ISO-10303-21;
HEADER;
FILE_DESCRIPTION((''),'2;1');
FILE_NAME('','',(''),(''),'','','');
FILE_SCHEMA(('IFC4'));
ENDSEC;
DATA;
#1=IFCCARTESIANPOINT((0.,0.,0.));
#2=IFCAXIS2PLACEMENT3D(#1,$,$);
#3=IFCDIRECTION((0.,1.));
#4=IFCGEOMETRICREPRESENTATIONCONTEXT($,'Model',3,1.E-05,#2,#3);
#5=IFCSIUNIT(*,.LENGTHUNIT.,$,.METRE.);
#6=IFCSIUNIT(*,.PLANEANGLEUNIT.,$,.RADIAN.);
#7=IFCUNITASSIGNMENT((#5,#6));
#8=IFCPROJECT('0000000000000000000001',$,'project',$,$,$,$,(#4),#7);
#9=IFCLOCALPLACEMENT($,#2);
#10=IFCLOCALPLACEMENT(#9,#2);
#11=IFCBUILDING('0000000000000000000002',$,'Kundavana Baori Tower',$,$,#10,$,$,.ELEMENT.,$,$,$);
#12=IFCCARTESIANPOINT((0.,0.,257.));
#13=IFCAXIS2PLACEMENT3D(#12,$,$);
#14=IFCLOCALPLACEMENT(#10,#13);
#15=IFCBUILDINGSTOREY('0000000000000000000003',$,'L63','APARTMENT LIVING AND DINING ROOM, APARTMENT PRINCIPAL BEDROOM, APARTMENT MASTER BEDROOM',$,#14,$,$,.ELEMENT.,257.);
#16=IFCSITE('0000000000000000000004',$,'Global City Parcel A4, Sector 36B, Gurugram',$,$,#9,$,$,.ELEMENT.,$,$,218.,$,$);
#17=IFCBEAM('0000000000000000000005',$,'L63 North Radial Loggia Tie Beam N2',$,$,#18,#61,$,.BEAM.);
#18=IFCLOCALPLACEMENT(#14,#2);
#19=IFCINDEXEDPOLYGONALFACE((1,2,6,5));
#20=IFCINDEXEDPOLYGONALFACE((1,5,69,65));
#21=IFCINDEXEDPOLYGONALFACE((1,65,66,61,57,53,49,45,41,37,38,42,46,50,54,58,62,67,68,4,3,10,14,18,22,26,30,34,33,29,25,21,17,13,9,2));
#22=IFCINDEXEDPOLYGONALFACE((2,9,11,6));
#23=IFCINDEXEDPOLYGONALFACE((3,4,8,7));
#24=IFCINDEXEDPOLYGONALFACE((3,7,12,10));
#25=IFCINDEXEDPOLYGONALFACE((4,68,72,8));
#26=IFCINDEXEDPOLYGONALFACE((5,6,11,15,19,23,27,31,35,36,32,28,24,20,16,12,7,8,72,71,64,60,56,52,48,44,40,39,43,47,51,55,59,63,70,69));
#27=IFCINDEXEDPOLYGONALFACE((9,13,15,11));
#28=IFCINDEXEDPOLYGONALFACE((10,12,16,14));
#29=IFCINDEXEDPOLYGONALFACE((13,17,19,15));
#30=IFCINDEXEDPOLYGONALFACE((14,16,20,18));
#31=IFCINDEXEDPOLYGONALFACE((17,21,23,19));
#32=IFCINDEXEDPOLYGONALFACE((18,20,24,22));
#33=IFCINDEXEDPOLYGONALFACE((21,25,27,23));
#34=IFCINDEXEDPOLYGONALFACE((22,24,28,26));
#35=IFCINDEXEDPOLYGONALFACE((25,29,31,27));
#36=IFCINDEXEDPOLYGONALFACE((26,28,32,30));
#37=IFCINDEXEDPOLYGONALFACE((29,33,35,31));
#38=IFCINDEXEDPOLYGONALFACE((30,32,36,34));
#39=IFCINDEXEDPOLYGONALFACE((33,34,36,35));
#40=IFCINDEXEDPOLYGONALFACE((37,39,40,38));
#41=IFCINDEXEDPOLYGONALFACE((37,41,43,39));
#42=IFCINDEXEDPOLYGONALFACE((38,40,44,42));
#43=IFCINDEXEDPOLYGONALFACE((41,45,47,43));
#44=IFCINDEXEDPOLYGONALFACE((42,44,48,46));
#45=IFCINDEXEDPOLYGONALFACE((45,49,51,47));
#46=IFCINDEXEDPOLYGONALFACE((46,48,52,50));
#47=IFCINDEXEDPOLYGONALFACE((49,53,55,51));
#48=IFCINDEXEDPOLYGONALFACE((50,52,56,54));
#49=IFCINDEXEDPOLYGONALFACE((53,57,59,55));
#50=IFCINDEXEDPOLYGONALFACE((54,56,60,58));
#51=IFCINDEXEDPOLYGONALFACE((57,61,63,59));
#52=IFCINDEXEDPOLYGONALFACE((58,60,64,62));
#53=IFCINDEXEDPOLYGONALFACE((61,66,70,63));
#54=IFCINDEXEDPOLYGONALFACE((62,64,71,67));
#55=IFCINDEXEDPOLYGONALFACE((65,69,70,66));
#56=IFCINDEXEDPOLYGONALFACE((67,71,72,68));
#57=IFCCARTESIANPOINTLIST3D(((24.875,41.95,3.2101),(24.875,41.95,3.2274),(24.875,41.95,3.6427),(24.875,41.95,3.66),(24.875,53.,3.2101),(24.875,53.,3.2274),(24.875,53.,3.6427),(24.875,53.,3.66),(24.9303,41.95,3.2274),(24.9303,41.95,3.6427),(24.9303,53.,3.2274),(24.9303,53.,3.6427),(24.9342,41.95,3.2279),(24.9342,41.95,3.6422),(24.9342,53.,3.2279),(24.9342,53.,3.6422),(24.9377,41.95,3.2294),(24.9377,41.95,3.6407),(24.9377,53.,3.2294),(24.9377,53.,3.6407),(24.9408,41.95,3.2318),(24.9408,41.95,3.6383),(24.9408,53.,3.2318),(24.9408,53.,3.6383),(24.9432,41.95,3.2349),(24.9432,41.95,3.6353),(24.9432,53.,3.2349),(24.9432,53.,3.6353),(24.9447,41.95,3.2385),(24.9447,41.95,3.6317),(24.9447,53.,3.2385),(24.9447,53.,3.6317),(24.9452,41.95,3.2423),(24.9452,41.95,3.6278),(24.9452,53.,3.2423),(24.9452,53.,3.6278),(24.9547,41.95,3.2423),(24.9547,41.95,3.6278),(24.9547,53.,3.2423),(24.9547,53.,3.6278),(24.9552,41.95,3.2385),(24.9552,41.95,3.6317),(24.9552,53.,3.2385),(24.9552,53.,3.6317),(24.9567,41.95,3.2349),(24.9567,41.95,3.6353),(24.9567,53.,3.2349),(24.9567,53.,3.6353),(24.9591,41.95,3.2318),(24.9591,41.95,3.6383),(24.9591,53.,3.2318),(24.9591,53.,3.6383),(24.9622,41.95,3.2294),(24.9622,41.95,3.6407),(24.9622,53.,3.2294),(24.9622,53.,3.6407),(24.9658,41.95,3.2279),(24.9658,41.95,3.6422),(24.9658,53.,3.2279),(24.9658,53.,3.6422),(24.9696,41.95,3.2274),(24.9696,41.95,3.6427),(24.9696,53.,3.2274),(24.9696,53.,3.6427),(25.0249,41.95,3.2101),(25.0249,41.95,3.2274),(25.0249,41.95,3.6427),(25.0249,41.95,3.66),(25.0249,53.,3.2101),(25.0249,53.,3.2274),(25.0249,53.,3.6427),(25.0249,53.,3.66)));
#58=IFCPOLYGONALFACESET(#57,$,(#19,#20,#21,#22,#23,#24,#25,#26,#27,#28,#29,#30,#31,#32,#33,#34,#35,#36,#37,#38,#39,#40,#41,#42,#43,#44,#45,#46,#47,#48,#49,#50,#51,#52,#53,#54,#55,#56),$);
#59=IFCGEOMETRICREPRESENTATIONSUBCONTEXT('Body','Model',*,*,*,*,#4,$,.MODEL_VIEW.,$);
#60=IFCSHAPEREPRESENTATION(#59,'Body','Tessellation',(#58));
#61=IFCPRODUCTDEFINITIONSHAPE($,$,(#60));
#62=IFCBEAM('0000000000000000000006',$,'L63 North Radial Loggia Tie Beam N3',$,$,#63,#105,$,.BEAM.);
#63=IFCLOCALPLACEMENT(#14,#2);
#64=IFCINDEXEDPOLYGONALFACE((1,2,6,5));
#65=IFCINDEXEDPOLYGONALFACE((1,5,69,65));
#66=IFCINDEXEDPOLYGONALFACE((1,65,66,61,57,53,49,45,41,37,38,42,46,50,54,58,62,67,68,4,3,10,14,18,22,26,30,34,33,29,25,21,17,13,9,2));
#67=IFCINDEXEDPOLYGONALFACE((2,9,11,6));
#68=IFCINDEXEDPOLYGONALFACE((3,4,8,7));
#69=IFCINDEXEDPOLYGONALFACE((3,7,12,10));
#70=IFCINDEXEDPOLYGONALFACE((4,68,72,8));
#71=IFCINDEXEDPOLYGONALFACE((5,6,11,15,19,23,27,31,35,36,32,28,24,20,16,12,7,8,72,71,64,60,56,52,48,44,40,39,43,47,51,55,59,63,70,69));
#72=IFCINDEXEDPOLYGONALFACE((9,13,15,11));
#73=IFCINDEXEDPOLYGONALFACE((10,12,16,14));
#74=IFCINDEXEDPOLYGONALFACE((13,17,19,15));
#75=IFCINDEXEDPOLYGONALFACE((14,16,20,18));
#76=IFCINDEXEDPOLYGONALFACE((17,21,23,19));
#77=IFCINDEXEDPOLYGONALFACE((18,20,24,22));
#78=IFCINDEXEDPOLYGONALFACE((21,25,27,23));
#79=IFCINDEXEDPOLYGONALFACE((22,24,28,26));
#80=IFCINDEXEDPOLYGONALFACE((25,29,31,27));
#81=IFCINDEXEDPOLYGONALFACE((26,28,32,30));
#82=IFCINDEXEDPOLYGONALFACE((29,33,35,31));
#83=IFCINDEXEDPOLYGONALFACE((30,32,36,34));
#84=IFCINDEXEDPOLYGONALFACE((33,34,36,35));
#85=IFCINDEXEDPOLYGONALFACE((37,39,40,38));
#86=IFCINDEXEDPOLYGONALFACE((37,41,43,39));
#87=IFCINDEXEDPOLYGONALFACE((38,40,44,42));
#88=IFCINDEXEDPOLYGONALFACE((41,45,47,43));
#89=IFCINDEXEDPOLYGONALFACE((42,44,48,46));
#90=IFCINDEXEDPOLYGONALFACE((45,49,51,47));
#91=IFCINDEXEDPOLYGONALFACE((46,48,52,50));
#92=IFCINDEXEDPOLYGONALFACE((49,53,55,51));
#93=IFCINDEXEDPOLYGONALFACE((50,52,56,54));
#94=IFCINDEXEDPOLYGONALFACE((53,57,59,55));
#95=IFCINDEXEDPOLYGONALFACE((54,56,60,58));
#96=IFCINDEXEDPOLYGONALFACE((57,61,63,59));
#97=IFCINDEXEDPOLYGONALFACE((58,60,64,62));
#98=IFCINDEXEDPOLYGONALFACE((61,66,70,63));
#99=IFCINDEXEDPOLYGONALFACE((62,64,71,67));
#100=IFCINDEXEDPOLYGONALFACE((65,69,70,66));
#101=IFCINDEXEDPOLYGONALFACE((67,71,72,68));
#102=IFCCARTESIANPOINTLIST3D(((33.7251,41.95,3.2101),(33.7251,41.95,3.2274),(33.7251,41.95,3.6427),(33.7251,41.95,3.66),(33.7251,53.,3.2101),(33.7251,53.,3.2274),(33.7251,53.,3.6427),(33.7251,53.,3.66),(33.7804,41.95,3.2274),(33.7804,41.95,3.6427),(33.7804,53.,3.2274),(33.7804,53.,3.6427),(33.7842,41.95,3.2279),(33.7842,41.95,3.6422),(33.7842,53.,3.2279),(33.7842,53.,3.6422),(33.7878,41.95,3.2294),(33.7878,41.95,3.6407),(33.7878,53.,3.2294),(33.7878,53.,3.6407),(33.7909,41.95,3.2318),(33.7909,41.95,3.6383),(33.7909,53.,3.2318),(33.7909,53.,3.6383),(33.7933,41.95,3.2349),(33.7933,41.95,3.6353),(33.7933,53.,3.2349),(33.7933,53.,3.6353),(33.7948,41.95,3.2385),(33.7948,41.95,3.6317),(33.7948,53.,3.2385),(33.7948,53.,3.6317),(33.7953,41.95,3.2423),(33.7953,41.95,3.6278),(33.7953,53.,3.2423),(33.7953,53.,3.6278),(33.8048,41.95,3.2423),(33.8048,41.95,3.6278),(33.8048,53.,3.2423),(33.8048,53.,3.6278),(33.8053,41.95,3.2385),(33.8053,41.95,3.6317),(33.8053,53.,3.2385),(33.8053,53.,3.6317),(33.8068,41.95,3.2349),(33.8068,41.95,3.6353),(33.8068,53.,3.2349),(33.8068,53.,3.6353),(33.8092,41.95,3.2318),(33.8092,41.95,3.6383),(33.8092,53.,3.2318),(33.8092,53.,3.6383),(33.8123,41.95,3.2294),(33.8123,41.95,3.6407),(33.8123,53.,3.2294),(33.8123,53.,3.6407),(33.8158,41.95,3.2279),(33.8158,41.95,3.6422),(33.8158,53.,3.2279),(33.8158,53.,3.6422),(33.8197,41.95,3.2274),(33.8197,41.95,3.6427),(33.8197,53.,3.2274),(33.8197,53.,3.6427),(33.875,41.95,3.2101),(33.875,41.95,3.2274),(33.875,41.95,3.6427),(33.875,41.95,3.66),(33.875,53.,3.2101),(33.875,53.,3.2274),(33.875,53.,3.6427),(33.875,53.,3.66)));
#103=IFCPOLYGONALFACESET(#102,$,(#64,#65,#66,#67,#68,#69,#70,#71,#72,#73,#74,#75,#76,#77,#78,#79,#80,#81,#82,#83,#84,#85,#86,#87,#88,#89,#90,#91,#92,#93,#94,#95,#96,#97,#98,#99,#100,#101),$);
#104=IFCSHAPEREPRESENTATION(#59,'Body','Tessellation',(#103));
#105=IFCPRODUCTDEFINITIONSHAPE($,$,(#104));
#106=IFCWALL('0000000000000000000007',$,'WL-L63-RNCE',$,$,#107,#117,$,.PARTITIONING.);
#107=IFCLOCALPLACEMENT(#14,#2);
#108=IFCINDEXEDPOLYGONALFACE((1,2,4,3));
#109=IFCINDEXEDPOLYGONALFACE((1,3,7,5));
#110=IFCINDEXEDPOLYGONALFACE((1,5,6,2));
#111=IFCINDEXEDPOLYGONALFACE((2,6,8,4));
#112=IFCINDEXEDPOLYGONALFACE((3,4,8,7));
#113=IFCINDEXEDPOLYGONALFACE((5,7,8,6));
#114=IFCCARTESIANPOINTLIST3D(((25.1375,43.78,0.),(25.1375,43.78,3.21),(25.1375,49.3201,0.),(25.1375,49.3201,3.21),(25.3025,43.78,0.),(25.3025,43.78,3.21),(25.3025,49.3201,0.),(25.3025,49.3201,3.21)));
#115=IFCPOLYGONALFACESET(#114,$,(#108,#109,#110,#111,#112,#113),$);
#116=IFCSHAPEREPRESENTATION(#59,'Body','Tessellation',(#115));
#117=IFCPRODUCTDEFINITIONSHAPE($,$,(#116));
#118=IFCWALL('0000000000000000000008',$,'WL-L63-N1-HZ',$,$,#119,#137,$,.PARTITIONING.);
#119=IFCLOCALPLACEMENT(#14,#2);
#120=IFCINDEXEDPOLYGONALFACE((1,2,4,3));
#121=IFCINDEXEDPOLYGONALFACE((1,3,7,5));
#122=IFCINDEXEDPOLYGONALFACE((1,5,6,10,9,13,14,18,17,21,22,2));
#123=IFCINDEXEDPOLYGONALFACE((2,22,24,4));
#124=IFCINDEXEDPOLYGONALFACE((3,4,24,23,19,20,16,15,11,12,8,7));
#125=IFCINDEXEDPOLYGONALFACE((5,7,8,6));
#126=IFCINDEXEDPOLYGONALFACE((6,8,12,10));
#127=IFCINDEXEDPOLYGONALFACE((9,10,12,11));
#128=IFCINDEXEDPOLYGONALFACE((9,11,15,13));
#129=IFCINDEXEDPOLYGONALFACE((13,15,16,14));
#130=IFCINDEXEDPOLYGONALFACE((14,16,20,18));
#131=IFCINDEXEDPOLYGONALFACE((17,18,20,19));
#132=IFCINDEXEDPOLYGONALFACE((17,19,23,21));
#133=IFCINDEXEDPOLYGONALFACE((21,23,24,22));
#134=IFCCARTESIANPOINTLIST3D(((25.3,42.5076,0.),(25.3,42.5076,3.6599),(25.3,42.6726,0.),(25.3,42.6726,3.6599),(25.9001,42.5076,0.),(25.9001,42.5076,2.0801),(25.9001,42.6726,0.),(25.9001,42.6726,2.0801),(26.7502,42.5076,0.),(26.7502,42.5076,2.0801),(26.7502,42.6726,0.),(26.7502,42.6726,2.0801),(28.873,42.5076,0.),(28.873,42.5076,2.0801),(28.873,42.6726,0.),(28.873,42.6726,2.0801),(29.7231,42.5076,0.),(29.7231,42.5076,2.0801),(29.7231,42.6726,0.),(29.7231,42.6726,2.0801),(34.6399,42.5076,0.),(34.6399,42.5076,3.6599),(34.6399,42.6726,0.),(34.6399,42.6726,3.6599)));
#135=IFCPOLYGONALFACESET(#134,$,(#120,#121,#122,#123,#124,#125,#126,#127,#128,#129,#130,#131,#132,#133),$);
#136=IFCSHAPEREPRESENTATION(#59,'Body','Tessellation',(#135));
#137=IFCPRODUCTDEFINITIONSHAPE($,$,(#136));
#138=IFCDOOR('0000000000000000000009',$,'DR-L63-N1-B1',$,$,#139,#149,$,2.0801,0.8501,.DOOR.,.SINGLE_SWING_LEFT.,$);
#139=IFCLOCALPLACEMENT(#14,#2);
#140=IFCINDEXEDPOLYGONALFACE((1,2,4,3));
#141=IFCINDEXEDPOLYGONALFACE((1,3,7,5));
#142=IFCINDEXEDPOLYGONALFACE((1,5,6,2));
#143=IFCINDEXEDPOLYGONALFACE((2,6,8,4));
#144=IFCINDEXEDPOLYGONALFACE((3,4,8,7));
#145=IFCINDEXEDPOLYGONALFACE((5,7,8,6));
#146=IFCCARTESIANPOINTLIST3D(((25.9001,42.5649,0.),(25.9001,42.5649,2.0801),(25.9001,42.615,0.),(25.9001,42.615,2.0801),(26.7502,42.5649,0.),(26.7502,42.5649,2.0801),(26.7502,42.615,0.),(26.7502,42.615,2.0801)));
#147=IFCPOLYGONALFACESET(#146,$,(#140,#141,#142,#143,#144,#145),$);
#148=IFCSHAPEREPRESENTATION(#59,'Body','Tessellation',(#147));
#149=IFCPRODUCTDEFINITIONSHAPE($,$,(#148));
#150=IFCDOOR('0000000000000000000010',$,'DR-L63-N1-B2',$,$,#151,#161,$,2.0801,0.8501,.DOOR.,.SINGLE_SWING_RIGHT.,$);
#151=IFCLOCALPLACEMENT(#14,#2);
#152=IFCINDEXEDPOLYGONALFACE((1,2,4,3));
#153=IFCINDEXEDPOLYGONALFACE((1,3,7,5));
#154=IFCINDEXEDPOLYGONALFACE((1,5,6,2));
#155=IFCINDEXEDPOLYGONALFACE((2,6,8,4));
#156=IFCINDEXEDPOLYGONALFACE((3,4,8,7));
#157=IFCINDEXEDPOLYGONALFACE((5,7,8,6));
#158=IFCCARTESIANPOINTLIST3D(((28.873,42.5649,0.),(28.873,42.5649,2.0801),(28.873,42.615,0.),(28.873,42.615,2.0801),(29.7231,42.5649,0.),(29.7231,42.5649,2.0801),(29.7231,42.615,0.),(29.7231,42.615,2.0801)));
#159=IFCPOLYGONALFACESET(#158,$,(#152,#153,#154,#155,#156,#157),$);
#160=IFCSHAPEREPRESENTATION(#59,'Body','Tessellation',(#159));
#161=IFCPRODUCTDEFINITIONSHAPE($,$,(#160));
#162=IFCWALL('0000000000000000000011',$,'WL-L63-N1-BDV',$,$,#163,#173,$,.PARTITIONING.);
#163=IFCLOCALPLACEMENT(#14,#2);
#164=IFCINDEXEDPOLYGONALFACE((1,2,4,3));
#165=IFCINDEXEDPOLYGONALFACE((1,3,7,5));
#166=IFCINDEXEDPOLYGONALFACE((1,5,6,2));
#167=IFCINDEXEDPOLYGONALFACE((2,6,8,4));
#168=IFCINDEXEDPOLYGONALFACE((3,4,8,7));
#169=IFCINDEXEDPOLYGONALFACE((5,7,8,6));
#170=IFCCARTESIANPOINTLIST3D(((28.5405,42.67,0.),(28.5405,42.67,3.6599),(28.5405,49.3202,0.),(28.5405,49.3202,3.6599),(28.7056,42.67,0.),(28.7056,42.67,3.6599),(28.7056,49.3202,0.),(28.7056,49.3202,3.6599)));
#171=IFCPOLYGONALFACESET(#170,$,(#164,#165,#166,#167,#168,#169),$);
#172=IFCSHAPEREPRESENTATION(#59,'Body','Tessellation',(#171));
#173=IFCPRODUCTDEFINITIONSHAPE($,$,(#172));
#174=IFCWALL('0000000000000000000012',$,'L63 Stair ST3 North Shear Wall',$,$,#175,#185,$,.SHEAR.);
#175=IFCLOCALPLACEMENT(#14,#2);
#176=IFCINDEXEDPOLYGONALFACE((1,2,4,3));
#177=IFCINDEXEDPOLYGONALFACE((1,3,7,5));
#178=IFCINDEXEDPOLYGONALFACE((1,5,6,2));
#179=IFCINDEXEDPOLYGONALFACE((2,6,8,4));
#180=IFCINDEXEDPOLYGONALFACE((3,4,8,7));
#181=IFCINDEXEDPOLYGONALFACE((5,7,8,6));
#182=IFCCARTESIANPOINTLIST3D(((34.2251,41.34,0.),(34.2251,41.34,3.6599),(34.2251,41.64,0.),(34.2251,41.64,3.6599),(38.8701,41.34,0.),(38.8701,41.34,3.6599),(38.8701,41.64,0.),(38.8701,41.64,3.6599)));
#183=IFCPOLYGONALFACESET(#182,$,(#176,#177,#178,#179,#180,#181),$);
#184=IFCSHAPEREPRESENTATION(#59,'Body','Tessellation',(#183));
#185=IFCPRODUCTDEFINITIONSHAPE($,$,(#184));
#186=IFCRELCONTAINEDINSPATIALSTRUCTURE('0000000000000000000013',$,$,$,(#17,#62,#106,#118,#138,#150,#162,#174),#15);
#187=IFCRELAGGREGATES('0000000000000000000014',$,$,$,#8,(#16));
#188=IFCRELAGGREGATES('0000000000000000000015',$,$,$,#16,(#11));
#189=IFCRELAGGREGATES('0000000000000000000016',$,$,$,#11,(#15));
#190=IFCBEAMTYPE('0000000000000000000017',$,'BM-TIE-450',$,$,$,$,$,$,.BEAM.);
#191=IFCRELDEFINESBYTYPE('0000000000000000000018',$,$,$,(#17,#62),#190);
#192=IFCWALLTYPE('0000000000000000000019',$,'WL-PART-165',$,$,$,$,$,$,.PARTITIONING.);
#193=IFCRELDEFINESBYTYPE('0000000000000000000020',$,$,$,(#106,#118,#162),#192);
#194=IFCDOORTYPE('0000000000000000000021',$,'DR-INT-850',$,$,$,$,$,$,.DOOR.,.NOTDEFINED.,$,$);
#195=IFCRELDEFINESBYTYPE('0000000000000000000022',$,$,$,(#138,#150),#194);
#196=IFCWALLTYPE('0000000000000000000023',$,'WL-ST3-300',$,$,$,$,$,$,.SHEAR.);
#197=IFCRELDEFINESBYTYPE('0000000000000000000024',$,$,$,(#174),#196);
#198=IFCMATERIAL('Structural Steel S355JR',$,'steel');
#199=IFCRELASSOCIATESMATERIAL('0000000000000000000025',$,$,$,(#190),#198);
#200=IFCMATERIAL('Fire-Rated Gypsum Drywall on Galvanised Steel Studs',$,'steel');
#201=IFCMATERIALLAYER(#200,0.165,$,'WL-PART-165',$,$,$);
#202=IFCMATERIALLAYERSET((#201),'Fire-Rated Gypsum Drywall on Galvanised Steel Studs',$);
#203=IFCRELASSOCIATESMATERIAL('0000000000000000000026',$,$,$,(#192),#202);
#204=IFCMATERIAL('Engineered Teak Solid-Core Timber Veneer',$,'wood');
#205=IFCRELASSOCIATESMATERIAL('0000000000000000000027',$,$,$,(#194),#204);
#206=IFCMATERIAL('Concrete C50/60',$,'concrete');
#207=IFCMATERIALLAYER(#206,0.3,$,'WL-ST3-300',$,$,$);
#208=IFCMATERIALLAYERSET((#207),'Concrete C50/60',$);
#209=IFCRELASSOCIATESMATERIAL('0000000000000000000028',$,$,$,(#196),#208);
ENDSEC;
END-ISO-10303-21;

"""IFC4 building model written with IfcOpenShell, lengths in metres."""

from ifc_helpers import new_model, si_unit, direction, frame, frame_2d, origin, origin_2d, place, context, subcontext, project, spatial, rectangle, i_section, extrude, material, layer, layer_set, material_profile, profile_set, type_object, element, fill, save


model = new_model("IFC4")

# Units and contexts
model_context = context("Model", 3, precision=1e-05, world=origin(), true_north=direction((0.0, 1.0)))
body_context = subcontext(model_context, "Body", "Model", "MODEL_VIEW")
ifc_project = project(units=[si_unit("LENGTHUNIT", "METRE"), si_unit("PLANEANGLEUNIT", "RADIAN")], contexts=[model_context])

# Site, building, storey
site_placement = place(None, origin())
site = spatial("IfcSite", under=ifc_project, at=site_placement, Name="Global City Parcel A4, Sector 36B, Gurugram", CompositionType="ELEMENT", RefElevation=218.0)
building_placement = place(site_placement, origin())
building = spatial("IfcBuilding", under=site, at=building_placement, Name="Kundavana Baori Tower", CompositionType="ELEMENT")
storey_placement = place(building_placement, frame((0.0, 0.0, 257.0)))
storey = spatial("IfcBuildingStorey", under=building, at=storey_placement, Name="L63", Description="APARTMENT LIVING AND DINING ROOM, APARTMENT PRINCIPAL BEDROOM, APARTMENT MASTER BEDROOM", CompositionType="ELEMENT", Elevation=257.0)

# Beams
ifc_material_1 = material(Name="Structural Steel S355JR", Category="steel")
ifc_material_profile_1 = material_profile(ifc_material_1, i_section(OverallWidth=0.1499, OverallDepth=0.45, WebThickness=0.0095, FlangeThickness=0.0173, FilletRadius=0.0149, at=origin_2d()), Name="ISMB 450")
ifc_profile_set_1 = profile_set([ifc_material_profile_1], Name="Structural Steel S355JR")
beam_type_1 = type_object("IfcBeamType", Name="BM-TIE-450", PredefinedType="BEAM", material=ifc_profile_set_1)
for number, where, z_axis, x_axis, name in (
    (1, (24.95, 41.95, 3.4351), (0.0, 1.0, 0.0), (-1.0, 0.0, 0.0), "L63 North Radial Loggia Tie Beam N2"),
    (2, (33.8, 41.95, 3.4351), (0.0, 1.0, 0.0), (-1.0, 0.0, 0.0), "L63 North Radial Loggia Tie Beam N3"),
):
    element("IfcBeam", number, at=place(storey_placement, frame(where, z_axis=z_axis, x_axis=x_axis)), inside=storey, type_object=beam_type_1, Name=name, PredefinedType="BEAM", context=body_context, shape_type="SweptSolid", body=[
        extrude(i_section(OverallWidth=0.1499, OverallDepth=0.45, WebThickness=0.0095, FlangeThickness=0.0173, FilletRadius=0.0149, at=origin_2d()), origin(), (0.0, 0.0, 1.0), 11.05),
    ])

# Wall
ifc_material_2 = material(Name="Fire-Rated Gypsum Drywall on Galvanised Steel Studs", Category="steel")
ifc_layer_1 = layer(ifc_material_2, 0.165, Name="WL-PART-165")
ifc_layer_set_1 = layer_set([ifc_layer_1], Name="Fire-Rated Gypsum Drywall on Galvanised Steel Studs")
wall_type_1 = type_object("IfcWallType", Name="WL-PART-165", PredefinedType="PARTITIONING", material=ifc_layer_set_1)
wall_1_placement = place(storey_placement, frame((25.22, 43.78, 0.0), z_axis=(0.0, 0.0, 1.0), x_axis=(0.0, 1.0, 0.0)))
element("IfcWall", 3, at=wall_1_placement, inside=storey, type_object=wall_type_1, Name="WL-L63-RNCE", PredefinedType="PARTITIONING", context=body_context, shape_type="SweptSolid", body=[
    extrude(rectangle(XDim=5.54, YDim=0.165, at=frame_2d((2.77, 0.0))), origin(), (0.0, 0.0, 1.0), 3.21),
])

# Wall, openings, doors
wall_2_placement = place(storey_placement, frame((25.3, 42.5901, 0.0), z_axis=(0.0, 0.0, 1.0), x_axis=(1.0, 0.0, 0.0)))
wall_2 = element("IfcWall", 4, at=wall_2_placement, inside=storey, type_object=wall_type_1, Name="WL-L63-N1-HZ", PredefinedType="PARTITIONING", context=body_context, shape_type="SweptSolid", body=[
    extrude(rectangle(XDim=9.3398, YDim=0.165, at=frame_2d((4.6699, 0.0))), origin(), (0.0, 0.0, 1.0), 3.6599),
])
opening_1_placement = place(wall_2_placement, frame((0.6001, 0.0, 0.0)))
opening_1 = element("IfcOpeningElement", 5, at=opening_1_placement, cuts=wall_2, PredefinedType="OPENING", context=body_context, shape_type="SweptSolid", body=[
    extrude(rectangle(XDim=0.8501, YDim=2.0801, at=frame_2d((0.425, 1.04))), frame((0.0, 0.0925, 0.0), z_axis=(0.0, -1.0, 0.0), x_axis=(1.0, 0.0, 0.0)), (0.0, 0.0, 1.0), 0.1851),
])
opening_2_placement = place(wall_2_placement, frame((3.573, 0.0, 0.0)))
opening_2 = element("IfcOpeningElement", 6, at=opening_2_placement, cuts=wall_2, PredefinedType="OPENING", context=body_context, shape_type="SweptSolid", body=[
    extrude(rectangle(XDim=0.8501, YDim=2.0801, at=frame_2d((0.425, 1.04))), frame((0.0, 0.0925, 0.0), z_axis=(0.0, -1.0, 0.0), x_axis=(1.0, 0.0, 0.0)), (0.0, 0.0, 1.0), 0.1851),
])
ifc_material_3 = material(Name="Engineered Teak Solid-Core Timber Veneer", Category="wood")
door_type = type_object("IfcDoorType", Name="DR-INT-850", OperationType="NOTDEFINED", PredefinedType="DOOR", material=ifc_material_3)
door_1_placement = place(opening_1_placement, origin())
door_1 = element("IfcDoor", 7, at=door_1_placement, inside=storey, type_object=door_type, Name="DR-L63-N1-B1", OperationType="SINGLE_SWING_LEFT", OverallHeight=2.0801, OverallWidth=0.8501, PredefinedType="DOOR", context=body_context, shape_type="SweptSolid", body=[
    extrude(rectangle(XDim=0.8501, YDim=2.0801, at=frame_2d((0.425, 1.04))), frame((0.0, 0.0249, 0.0), z_axis=(0.0, -1.0, 0.0), x_axis=(1.0, 0.0, 0.0)), (0.0, 0.0, 1.0), 0.05),
])
fill(opening_1, door_1)
door_2_placement = place(opening_2_placement, origin())
door_2 = element("IfcDoor", 8, at=door_2_placement, inside=storey, type_object=door_type, Name="DR-L63-N1-B2", OperationType="SINGLE_SWING_RIGHT", OverallHeight=2.0801, OverallWidth=0.8501, PredefinedType="DOOR", context=body_context, shape_type="SweptSolid", body=[
    extrude(rectangle(XDim=0.8501, YDim=2.0801, at=frame_2d((0.425, 1.04))), frame((0.0, 0.0249, 0.0), z_axis=(0.0, -1.0, 0.0), x_axis=(1.0, 0.0, 0.0)), (0.0, 0.0, 1.0), 0.05),
])
fill(opening_2, door_2)

# Walls
wall_3_placement = place(storey_placement, frame((28.623, 42.6699, 0.0), z_axis=(0.0, 0.0, 1.0), x_axis=(0.0, 1.0, 0.0)))
element("IfcWall", 9, at=wall_3_placement, inside=storey, type_object=wall_type_1, Name="WL-L63-N1-BDV", PredefinedType="PARTITIONING", context=body_context, shape_type="SweptSolid", body=[
    extrude(rectangle(XDim=6.6501, YDim=0.165, at=frame_2d((3.3252, 0.0))), origin(), (0.0, 0.0, 1.0), 3.6599),
])
ifc_material_4 = material(Name="Concrete C50/60", Category="concrete")
ifc_layer_2 = layer(ifc_material_4, 0.3, Name="WL-ST3-300")
ifc_layer_set_2 = layer_set([ifc_layer_2], Name="Concrete C50/60")
wall_type_2 = type_object("IfcWallType", Name="WL-ST3-300", PredefinedType="SHEAR", material=ifc_layer_set_2)
wall_4_placement = place(storey_placement, frame((34.2251, 41.49, 0.0), z_axis=(0.0, 0.0, 1.0), x_axis=(1.0, 0.0, 0.0)))
element("IfcWall", 10, at=wall_4_placement, inside=storey, type_object=wall_type_2, Name="L63 Stair ST3 North Shear Wall", PredefinedType="SHEAR", context=body_context, shape_type="SweptSolid", body=[
    extrude(rectangle(XDim=4.645, YDim=0.3, at=frame_2d((2.3225, 0.0))), origin(), (0.0, 0.0, 1.0), 3.6599),
])

save(model, "model.ifc")
